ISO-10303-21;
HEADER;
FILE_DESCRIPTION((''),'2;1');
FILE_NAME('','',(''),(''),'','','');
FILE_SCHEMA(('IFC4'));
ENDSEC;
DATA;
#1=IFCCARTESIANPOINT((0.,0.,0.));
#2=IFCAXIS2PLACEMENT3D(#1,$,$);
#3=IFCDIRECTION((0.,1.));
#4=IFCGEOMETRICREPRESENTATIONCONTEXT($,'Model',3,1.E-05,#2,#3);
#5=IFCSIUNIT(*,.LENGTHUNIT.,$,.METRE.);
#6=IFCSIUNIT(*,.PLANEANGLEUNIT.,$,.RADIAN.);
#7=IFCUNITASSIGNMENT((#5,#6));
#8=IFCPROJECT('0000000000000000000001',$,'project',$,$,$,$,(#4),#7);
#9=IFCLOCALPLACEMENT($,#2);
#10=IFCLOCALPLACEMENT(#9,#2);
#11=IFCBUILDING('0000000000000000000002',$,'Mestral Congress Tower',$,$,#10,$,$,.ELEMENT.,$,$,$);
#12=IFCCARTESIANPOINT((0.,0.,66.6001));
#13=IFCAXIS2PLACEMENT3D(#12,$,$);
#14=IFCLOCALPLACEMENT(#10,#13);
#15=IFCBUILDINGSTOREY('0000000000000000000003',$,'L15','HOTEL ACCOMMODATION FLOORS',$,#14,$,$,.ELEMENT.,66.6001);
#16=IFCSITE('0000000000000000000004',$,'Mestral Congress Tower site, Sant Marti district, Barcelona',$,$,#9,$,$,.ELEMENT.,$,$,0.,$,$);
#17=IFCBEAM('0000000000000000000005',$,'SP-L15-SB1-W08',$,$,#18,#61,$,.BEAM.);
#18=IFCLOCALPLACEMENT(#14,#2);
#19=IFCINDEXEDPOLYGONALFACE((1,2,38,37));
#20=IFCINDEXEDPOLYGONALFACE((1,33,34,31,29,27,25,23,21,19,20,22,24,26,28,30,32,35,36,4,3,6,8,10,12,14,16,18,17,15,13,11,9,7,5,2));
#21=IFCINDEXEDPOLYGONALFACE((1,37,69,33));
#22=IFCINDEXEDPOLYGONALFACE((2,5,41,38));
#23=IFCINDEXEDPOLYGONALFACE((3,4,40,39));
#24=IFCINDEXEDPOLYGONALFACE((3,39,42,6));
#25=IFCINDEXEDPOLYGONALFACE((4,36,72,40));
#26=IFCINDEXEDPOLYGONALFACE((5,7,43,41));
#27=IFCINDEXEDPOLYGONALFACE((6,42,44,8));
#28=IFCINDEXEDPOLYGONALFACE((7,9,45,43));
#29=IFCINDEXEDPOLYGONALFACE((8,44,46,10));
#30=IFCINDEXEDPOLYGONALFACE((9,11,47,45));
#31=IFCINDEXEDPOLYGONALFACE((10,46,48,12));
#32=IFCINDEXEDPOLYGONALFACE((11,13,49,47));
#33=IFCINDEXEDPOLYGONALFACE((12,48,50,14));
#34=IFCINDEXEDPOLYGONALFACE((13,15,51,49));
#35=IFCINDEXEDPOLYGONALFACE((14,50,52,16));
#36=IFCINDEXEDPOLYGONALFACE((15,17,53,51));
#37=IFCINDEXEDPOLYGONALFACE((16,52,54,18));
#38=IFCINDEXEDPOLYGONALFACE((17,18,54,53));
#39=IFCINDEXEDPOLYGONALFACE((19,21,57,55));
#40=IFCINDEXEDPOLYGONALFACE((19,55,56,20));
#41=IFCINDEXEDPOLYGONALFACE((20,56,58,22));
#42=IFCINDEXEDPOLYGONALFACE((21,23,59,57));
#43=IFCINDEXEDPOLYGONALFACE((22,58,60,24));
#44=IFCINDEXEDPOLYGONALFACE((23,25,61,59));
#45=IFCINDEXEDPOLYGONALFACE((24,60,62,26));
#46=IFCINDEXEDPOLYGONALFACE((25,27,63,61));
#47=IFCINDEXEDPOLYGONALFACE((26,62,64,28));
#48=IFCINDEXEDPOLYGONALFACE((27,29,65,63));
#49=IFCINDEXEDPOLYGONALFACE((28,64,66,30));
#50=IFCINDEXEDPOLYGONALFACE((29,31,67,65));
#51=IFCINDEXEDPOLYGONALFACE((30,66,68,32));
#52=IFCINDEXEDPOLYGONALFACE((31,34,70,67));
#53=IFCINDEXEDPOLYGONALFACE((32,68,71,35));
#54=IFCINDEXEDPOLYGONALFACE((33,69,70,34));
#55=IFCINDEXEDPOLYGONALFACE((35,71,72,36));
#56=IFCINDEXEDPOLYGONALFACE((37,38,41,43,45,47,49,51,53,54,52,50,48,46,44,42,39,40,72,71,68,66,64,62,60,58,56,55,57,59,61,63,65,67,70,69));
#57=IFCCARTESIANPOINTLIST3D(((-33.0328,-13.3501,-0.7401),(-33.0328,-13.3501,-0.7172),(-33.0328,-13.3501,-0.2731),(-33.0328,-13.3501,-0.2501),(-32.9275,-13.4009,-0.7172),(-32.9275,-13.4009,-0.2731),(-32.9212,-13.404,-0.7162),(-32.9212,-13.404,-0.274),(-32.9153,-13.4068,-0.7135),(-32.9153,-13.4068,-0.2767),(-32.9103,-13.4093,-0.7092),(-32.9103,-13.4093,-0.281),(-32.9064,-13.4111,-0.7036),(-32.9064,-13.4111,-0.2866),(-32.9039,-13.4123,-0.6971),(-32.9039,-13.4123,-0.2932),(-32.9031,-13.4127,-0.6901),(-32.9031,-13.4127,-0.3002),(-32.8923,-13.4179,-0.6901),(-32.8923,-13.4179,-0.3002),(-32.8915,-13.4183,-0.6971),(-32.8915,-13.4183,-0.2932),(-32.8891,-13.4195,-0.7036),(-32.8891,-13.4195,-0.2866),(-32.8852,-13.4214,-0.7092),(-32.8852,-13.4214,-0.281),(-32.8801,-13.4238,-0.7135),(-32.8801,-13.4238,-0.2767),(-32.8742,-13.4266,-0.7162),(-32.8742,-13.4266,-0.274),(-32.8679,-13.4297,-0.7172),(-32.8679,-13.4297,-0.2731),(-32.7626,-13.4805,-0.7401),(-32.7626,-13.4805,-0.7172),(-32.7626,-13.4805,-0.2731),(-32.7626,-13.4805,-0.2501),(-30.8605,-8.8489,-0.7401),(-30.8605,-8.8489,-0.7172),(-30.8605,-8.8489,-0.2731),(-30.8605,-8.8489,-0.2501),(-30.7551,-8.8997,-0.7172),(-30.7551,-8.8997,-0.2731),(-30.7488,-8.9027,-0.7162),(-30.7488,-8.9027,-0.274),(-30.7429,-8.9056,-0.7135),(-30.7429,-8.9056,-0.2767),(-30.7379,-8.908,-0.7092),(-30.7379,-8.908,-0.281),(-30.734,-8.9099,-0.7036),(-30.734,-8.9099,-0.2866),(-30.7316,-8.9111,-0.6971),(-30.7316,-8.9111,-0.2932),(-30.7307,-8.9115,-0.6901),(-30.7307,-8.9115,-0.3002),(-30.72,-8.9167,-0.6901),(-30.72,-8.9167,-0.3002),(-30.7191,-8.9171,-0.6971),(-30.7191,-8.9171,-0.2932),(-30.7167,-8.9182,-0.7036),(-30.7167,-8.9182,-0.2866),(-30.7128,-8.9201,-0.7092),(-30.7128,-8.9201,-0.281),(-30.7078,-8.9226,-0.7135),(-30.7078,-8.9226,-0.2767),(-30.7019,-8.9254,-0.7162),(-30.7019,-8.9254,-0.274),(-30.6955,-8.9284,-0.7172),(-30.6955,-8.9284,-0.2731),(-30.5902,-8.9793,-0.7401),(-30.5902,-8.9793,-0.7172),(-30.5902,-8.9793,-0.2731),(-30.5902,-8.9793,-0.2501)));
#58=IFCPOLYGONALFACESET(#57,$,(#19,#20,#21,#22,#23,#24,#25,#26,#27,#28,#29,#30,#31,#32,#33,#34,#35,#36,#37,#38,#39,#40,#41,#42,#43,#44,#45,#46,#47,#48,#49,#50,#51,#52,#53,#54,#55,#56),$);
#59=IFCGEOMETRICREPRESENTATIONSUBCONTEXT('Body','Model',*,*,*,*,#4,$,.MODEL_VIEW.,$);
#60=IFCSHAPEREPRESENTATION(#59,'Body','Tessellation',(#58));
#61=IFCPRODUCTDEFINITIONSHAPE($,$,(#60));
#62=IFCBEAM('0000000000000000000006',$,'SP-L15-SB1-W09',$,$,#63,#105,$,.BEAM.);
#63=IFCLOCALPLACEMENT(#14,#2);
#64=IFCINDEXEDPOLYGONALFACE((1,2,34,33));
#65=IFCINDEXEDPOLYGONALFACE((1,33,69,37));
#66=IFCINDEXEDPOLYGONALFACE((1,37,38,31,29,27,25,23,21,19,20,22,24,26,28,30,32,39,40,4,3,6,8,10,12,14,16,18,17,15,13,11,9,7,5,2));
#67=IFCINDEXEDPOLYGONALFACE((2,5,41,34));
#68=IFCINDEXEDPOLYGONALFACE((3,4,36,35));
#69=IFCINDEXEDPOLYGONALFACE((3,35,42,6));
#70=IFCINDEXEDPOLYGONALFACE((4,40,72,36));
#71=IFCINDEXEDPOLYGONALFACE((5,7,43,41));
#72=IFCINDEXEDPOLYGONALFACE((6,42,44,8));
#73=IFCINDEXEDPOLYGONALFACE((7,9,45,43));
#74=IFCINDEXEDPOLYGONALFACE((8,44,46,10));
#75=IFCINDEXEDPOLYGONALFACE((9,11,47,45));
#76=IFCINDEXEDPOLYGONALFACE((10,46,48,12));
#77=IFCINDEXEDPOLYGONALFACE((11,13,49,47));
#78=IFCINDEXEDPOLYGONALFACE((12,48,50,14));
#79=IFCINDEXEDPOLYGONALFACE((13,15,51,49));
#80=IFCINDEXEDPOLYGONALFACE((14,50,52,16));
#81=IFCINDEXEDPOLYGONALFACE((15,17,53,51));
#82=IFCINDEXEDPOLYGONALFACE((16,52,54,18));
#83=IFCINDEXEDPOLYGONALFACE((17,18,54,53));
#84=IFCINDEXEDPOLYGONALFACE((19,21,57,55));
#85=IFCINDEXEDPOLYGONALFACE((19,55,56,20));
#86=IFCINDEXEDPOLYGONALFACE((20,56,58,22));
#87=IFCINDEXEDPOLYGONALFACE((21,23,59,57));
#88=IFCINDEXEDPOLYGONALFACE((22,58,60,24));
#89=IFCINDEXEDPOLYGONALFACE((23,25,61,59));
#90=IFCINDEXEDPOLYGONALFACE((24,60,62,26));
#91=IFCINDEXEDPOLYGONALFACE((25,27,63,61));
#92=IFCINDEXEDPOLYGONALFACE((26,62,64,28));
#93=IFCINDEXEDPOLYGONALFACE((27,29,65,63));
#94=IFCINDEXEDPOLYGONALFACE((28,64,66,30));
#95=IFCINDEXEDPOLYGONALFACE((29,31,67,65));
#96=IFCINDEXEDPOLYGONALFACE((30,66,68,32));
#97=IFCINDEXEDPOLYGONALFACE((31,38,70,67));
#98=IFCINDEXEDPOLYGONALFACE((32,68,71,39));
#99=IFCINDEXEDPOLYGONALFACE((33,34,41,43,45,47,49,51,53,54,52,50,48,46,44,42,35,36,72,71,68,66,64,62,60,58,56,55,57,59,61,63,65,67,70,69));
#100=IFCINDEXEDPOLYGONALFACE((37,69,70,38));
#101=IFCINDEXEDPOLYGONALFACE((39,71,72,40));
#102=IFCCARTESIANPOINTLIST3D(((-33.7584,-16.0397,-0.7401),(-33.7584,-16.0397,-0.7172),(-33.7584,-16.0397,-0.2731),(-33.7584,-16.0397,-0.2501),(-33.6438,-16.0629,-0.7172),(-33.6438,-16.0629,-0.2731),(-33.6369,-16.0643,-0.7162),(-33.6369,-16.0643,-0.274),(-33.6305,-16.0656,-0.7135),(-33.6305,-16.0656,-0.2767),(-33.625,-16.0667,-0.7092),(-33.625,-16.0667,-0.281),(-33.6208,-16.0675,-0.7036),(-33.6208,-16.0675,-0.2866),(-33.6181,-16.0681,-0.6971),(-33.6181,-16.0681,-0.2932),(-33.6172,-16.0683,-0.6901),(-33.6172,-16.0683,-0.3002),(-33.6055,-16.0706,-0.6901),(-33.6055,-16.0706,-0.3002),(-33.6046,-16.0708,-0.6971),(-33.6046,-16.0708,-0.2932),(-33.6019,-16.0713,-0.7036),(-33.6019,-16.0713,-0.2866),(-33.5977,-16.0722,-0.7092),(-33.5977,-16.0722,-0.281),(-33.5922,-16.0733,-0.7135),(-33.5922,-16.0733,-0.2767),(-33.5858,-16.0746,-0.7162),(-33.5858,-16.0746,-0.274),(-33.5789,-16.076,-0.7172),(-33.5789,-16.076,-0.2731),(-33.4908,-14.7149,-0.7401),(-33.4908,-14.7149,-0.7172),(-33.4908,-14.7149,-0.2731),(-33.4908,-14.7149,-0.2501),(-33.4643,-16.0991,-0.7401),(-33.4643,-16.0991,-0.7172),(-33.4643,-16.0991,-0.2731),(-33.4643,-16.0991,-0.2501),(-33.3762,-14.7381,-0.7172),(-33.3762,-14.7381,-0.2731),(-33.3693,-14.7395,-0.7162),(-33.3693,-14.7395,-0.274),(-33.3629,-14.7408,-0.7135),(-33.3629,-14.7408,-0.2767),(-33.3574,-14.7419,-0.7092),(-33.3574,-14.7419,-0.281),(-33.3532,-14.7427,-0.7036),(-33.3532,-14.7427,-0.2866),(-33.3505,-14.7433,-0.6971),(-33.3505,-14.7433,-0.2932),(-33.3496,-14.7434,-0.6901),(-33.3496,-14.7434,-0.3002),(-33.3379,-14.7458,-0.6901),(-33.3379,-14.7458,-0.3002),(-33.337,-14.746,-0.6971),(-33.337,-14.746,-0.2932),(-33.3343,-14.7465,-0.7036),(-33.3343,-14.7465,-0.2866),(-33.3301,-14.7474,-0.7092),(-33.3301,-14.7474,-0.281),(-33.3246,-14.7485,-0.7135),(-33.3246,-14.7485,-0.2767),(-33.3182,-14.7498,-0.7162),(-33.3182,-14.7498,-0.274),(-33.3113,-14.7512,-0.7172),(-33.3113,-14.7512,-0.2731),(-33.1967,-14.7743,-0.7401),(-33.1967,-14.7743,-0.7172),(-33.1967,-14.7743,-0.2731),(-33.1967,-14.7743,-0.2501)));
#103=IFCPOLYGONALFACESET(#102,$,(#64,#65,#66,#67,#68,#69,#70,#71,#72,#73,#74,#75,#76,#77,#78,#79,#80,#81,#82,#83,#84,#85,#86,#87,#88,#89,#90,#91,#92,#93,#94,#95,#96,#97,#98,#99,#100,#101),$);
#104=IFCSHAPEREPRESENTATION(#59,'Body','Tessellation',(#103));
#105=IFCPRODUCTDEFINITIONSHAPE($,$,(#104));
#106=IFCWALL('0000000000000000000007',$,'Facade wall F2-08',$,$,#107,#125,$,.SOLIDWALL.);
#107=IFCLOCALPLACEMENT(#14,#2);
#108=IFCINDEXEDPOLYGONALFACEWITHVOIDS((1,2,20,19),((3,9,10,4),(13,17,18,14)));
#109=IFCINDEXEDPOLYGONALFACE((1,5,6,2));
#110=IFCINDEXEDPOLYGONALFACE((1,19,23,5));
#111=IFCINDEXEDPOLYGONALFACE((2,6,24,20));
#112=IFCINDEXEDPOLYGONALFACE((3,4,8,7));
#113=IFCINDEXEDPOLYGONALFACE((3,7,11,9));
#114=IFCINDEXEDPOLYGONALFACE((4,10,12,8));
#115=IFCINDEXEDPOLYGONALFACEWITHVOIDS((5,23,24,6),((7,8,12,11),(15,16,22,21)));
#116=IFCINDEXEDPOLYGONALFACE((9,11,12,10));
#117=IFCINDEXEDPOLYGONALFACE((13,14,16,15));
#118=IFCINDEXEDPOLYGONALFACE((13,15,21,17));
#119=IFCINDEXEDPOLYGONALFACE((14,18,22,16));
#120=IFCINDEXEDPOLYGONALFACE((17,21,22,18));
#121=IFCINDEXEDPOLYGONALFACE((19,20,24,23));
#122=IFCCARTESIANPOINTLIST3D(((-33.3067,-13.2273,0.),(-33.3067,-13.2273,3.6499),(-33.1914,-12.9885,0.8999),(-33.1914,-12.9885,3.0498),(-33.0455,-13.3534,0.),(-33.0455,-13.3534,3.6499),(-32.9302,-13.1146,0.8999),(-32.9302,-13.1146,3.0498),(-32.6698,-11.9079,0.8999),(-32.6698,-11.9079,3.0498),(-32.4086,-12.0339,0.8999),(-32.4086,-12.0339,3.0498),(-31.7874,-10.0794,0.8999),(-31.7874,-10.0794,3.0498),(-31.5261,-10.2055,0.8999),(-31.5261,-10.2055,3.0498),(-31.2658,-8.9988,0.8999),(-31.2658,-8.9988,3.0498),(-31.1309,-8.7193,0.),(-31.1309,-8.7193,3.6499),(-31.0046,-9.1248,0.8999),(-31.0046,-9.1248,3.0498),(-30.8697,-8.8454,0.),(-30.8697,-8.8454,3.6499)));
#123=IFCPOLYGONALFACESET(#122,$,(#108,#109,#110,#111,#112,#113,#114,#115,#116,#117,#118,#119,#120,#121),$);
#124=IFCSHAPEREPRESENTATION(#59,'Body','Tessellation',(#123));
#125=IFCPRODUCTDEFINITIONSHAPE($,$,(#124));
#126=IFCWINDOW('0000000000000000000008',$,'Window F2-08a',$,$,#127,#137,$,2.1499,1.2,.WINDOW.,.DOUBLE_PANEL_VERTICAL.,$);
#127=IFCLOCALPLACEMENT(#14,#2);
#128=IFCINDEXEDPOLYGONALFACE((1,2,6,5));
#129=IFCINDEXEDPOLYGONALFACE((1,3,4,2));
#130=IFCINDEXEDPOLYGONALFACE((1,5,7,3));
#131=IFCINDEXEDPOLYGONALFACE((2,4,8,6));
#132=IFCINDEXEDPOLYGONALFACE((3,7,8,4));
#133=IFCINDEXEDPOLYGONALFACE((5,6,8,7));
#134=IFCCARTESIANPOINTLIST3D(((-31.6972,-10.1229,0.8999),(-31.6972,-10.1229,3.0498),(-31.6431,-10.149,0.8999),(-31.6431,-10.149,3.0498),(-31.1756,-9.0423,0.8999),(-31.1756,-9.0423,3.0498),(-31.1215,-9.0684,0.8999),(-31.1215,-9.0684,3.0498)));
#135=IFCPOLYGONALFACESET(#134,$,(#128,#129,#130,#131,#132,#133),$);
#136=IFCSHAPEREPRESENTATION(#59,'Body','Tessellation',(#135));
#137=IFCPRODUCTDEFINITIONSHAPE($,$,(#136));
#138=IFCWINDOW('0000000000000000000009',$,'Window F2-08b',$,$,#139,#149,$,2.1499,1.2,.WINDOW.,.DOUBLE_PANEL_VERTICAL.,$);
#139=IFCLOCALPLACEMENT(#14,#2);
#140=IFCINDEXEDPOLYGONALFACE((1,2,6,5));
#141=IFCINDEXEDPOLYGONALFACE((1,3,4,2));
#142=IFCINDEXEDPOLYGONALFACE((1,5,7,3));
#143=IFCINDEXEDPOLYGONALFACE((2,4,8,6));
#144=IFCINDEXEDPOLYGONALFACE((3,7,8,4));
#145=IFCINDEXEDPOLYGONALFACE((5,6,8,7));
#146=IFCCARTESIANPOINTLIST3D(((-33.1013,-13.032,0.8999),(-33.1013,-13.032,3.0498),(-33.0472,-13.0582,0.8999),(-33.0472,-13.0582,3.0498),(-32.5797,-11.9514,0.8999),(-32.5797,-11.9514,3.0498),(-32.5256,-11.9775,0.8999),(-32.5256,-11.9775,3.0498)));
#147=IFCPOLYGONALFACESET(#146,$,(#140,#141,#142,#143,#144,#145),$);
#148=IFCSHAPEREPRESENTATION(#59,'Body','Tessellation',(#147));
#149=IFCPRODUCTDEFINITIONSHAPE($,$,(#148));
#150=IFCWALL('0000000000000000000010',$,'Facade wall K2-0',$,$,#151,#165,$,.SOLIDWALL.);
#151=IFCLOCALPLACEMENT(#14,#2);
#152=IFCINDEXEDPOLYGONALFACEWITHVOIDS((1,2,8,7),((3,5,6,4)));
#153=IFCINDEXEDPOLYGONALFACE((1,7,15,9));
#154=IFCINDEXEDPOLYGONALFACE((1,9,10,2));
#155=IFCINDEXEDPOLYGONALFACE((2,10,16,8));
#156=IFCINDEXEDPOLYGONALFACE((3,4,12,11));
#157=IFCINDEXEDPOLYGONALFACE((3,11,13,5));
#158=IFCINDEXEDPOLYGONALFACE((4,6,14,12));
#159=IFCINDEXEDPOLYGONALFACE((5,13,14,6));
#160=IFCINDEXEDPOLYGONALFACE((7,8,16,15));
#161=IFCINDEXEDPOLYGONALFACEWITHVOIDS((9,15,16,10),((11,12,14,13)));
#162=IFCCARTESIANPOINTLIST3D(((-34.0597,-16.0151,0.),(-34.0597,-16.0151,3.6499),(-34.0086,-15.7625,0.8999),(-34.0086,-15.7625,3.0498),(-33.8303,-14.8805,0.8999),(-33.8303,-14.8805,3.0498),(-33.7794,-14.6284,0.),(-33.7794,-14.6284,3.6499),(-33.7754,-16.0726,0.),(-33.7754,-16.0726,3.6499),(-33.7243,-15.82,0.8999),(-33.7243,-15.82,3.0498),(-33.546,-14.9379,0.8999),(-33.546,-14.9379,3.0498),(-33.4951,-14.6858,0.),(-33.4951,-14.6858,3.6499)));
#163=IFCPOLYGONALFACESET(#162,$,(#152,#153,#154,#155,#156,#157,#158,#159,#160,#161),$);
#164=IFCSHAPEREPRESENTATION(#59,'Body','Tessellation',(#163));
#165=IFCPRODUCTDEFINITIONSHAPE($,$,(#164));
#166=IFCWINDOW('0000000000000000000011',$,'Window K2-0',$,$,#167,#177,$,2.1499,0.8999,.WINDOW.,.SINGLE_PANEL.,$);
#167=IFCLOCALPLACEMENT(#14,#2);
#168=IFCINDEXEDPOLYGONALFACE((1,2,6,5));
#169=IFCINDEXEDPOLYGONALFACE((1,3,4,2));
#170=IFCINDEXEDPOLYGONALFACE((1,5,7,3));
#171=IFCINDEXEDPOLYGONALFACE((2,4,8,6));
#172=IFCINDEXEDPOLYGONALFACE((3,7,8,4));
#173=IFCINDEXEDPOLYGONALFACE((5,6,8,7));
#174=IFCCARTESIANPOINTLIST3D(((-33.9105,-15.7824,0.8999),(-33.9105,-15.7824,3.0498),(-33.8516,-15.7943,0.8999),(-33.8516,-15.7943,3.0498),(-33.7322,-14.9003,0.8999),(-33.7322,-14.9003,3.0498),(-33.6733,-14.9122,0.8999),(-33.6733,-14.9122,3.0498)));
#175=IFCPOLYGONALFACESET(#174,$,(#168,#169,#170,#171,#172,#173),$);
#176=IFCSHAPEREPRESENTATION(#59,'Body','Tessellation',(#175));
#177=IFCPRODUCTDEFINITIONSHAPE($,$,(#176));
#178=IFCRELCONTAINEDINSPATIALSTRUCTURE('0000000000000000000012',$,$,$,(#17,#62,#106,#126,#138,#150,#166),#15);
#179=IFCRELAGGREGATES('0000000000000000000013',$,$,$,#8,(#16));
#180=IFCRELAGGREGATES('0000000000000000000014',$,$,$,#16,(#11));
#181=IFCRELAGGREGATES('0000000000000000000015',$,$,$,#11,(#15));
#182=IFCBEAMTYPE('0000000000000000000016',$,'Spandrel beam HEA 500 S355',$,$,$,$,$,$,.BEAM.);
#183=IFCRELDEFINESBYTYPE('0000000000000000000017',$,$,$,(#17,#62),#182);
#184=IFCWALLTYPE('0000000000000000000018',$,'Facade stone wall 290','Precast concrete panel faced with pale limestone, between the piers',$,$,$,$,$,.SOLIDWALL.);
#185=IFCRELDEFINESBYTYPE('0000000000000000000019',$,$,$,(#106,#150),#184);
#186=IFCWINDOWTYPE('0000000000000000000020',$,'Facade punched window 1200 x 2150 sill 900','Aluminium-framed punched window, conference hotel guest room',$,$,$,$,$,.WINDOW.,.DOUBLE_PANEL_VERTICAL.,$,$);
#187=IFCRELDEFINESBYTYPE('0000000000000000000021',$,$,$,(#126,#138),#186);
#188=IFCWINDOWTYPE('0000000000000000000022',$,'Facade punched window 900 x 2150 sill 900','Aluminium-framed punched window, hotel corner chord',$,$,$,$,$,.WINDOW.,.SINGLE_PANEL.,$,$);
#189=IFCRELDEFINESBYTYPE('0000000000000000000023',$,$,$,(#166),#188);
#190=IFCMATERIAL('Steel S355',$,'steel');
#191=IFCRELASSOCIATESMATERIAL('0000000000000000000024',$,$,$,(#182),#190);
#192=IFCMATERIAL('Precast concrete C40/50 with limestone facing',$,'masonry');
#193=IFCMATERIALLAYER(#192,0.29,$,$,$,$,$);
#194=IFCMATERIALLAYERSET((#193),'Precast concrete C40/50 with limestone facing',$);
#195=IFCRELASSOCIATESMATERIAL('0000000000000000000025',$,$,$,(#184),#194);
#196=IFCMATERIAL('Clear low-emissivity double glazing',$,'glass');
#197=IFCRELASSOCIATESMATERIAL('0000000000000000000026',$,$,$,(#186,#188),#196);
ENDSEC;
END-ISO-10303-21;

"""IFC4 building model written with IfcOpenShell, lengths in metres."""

from ifc_helpers import new_model, si_unit, direction, frame, frame_2d, origin, origin_2d, place, context, subcontext, project, spatial, rectangle, i_section, extrude, material, layer, layer_set, material_profile, profile_set, type_object, element, fill, save


model = new_model("IFC4")

# Units and contexts
model_context = context("Model", 3, precision=1e-05, world=origin(), true_north=direction((0.0, 1.0)))
body_context = subcontext(model_context, "Body", "Model", "MODEL_VIEW")
ifc_project = project(units=[si_unit("LENGTHUNIT", "METRE"), si_unit("PLANEANGLEUNIT", "RADIAN")], contexts=[model_context])

# Site, building, storey
site_placement = place(None, origin())
site = spatial("IfcSite", under=ifc_project, at=site_placement, Name="Mestral Congress Tower site, Sant Marti district, Barcelona", CompositionType="ELEMENT", RefElevation=0.0)
building_placement = place(site_placement, origin())
building = spatial("IfcBuilding", under=site, at=building_placement, Name="Mestral Congress Tower", CompositionType="ELEMENT")
storey_placement = place(building_placement, frame((0.0, 0.0, 66.6001)))
storey = spatial("IfcBuildingStorey", under=building, at=storey_placement, Name="L15", Description="HOTEL ACCOMMODATION FLOORS", CompositionType="ELEMENT", Elevation=66.6001)

# Beams
ifc_material_1 = material(Name="Steel S355", Category="steel")
ifc_material_profile_1 = material_profile(ifc_material_1, i_section(OverallWidth=0.3, OverallDepth=0.49, WebThickness=0.012, FlangeThickness=0.0229, FilletRadius=0.0271, at=origin_2d()), Name="HEA 500")
ifc_profile_set_1 = profile_set([ifc_material_profile_1], Name="Steel S355")
beam_type_1 = type_object("IfcBeamType", Name="Spandrel beam HEA 500 S355", PredefinedType="BEAM", material=ifc_profile_set_1)
beam_1_placement = place(storey_placement, frame((-30.7253, -8.9141, -0.4951), z_axis=(-0.434645, -0.900602, 0.0), x_axis=(0.900602, -0.434645, 0.0)))
element("IfcBeam", 1, at=beam_1_placement, inside=storey, type_object=beam_type_1, Name="SP-L15-SB1-W08", PredefinedType="BEAM", context=body_context, shape_type="SweptSolid", body=[
    extrude(i_section(OverallWidth=0.3, OverallDepth=0.49, WebThickness=0.012, FlangeThickness=0.0229, FilletRadius=0.0271, at=origin_2d()), origin(), (0.0, 0.0, 1.0), 4.998),
])
beam_2_placement = place(storey_placement, frame((-33.3438, -14.7446, -0.4951), z_axis=(-0.197992, -0.980204, 0.0), x_axis=(0.980204, -0.197992, 0.0)))
element("IfcBeam", 2, at=beam_2_placement, inside=storey, type_object=beam_type_1, Name="SP-L15-SB1-W09", PredefinedType="BEAM", context=body_context, shape_type="SweptSolid", body=[
    extrude(i_section(OverallWidth=0.3, OverallDepth=0.49, WebThickness=0.012, FlangeThickness=0.0229, FilletRadius=0.0271, at=origin_2d()), origin(), (0.0, 0.0, 1.0), 1.3516),
])

# Wall, openings, windows
ifc_material_2 = material(Name="Precast concrete C40/50 with limestone facing", Category="masonry")
ifc_layer_1 = layer(ifc_material_2, 0.29)
ifc_layer_set_1 = layer_set([ifc_layer_1], Name="Precast concrete C40/50 with limestone facing")
wall_type_1 = type_object("IfcWallType", Name="Facade stone wall 290", Description="Precast concrete panel faced with pale limestone, between the piers", PredefinedType="SOLIDWALL", material=ifc_layer_set_1)
wall_1_placement = place(storey_placement, frame((-31.0002, -8.7822, 0.0), z_axis=(0.0, 0.0, 1.0), x_axis=(-0.434664, -0.900592, 0.0)))
wall_1 = element("IfcWall", 3, at=wall_1_placement, inside=storey, type_object=wall_type_1, Name="Facade wall F2-08", PredefinedType="SOLIDWALL", context=body_context, shape_type="SweptSolid", body=[
    extrude(rectangle(XDim=5.0056, YDim=0.29, at=frame_2d((2.5029, 0.0))), origin(), (0.0, 0.0, 1.0), 3.6499),
])
opening_1_placement = place(wall_1_placement, frame((0.3103, 0.0, 0.8999)))
opening_1 = element("IfcOpeningElement", 4, at=opening_1_placement, cuts=wall_1, PredefinedType="OPENING", context=body_context, shape_type="SweptSolid", body=[
    extrude(rectangle(XDim=1.2, YDim=2.1499, at=frame_2d((0.6001, 1.075))), frame((0.0, 0.155, 0.0), z_axis=(0.0, -1.0, 0.0), x_axis=(1.0, 0.0, 0.0)), (0.0, 0.0, 1.0), 0.3101),
])
opening_2_placement = place(wall_1_placement, frame((3.5405, 0.0, 0.8999)))
opening_2 = element("IfcOpeningElement", 5, at=opening_2_placement, cuts=wall_1, PredefinedType="OPENING", context=body_context, shape_type="SweptSolid", body=[
    extrude(rectangle(XDim=1.2, YDim=2.1499, at=frame_2d((0.6001, 1.075))), frame((0.0, 0.155, 0.0), z_axis=(0.0, -1.0, 0.0), x_axis=(1.0, 0.0, 0.0)), (0.0, 0.0, 1.0), 0.3101),
])
ifc_material_3 = material(Name="Clear low-emissivity double glazing", Category="glass")
window_type_1 = type_object("IfcWindowType", Name="Facade punched window 1200 x 2150 sill 900", Description="Aluminium-framed punched window, conference hotel guest room", PartitioningType="DOUBLE_PANEL_VERTICAL", PredefinedType="WINDOW", material=ifc_material_3)
window_1_placement = place(opening_1_placement, origin())
window_1 = element("IfcWindow", 6, at=window_1_placement, inside=storey, type_object=window_type_1, Name="Window F2-08a", OverallHeight=2.1499, OverallWidth=1.2, PartitioningType="DOUBLE_PANEL_VERTICAL", PredefinedType="WINDOW", context=body_context, shape_type="SweptSolid", body=[
    extrude(rectangle(XDim=1.2, YDim=2.1499, at=frame_2d((0.6001, 1.075))), frame((0.0, 0.0151, 0.0), z_axis=(0.0, -1.0, 0.0), x_axis=(1.0, 0.0, 0.0)), (0.0, 0.0, 1.0), 0.0601),
])
fill(opening_1, window_1)
window_2_placement = place(opening_2_placement, origin())
window_2 = element("IfcWindow", 7, at=window_2_placement, inside=storey, type_object=window_type_1, Name="Window F2-08b", OverallHeight=2.1499, OverallWidth=1.2, PartitioningType="DOUBLE_PANEL_VERTICAL", PredefinedType="WINDOW", context=body_context, shape_type="SweptSolid", body=[
    extrude(rectangle(XDim=1.2, YDim=2.1499, at=frame_2d((0.6001, 1.075))), frame((0.0, 0.0151, 0.0), z_axis=(0.0, -1.0, 0.0), x_axis=(1.0, 0.0, 0.0)), (0.0, 0.0, 1.0), 0.0601),
])
fill(opening_2, window_2)

# Wall, opening, window
wall_2_placement = place(storey_placement, frame((-33.6372, -14.657, 0.0), z_axis=(0.0, 0.0, 1.0), x_axis=(-0.198107, -0.98018, 0.0)))
wall_2 = element("IfcWall", 8, at=wall_2_placement, inside=storey, type_object=wall_type_1, Name="Facade wall K2-0", PredefinedType="SOLIDWALL", context=body_context, shape_type="SweptSolid", body=[
    extrude(rectangle(XDim=1.4148, YDim=0.29, at=frame_2d((0.7075, 0.0))), origin(), (0.0, 0.0, 1.0), 3.6499),
])
opening_3_placement = place(wall_2_placement, frame((0.2573, 0.0, 0.8999)))
opening_3 = element("IfcOpeningElement", 9, at=opening_3_placement, cuts=wall_2, PredefinedType="OPENING", context=body_context, shape_type="SweptSolid", body=[
    extrude(rectangle(XDim=0.8999, YDim=2.1499, at=frame_2d((0.45, 1.075))), frame((0.0, 0.155, 0.0), z_axis=(0.0, -1.0, 0.0), x_axis=(1.0, 0.0, 0.0)), (0.0, 0.0, 1.0), 0.3101),
])
window_type_2 = type_object("IfcWindowType", Name="Facade punched window 900 x 2150 sill 900", Description="Aluminium-framed punched window, hotel corner chord", PartitioningType="SINGLE_PANEL", PredefinedType="WINDOW", material=ifc_material_3)
window_3_placement = place(opening_3_placement, origin())
window_3 = element("IfcWindow", 10, at=window_3_placement, inside=storey, type_object=window_type_2, Name="Window K2-0", OverallHeight=2.1499, OverallWidth=0.8999, PartitioningType="SINGLE_PANEL", PredefinedType="WINDOW", context=body_context, shape_type="SweptSolid", body=[
    extrude(rectangle(XDim=0.8999, YDim=2.1499, at=frame_2d((0.45, 1.075))), frame((0.0, 0.0151, 0.0), z_axis=(0.0, -1.0, 0.0), x_axis=(1.0, 0.0, 0.0)), (0.0, 0.0, 1.0), 0.0601),
])
fill(opening_3, window_3)

save(model, "model.ifc")
